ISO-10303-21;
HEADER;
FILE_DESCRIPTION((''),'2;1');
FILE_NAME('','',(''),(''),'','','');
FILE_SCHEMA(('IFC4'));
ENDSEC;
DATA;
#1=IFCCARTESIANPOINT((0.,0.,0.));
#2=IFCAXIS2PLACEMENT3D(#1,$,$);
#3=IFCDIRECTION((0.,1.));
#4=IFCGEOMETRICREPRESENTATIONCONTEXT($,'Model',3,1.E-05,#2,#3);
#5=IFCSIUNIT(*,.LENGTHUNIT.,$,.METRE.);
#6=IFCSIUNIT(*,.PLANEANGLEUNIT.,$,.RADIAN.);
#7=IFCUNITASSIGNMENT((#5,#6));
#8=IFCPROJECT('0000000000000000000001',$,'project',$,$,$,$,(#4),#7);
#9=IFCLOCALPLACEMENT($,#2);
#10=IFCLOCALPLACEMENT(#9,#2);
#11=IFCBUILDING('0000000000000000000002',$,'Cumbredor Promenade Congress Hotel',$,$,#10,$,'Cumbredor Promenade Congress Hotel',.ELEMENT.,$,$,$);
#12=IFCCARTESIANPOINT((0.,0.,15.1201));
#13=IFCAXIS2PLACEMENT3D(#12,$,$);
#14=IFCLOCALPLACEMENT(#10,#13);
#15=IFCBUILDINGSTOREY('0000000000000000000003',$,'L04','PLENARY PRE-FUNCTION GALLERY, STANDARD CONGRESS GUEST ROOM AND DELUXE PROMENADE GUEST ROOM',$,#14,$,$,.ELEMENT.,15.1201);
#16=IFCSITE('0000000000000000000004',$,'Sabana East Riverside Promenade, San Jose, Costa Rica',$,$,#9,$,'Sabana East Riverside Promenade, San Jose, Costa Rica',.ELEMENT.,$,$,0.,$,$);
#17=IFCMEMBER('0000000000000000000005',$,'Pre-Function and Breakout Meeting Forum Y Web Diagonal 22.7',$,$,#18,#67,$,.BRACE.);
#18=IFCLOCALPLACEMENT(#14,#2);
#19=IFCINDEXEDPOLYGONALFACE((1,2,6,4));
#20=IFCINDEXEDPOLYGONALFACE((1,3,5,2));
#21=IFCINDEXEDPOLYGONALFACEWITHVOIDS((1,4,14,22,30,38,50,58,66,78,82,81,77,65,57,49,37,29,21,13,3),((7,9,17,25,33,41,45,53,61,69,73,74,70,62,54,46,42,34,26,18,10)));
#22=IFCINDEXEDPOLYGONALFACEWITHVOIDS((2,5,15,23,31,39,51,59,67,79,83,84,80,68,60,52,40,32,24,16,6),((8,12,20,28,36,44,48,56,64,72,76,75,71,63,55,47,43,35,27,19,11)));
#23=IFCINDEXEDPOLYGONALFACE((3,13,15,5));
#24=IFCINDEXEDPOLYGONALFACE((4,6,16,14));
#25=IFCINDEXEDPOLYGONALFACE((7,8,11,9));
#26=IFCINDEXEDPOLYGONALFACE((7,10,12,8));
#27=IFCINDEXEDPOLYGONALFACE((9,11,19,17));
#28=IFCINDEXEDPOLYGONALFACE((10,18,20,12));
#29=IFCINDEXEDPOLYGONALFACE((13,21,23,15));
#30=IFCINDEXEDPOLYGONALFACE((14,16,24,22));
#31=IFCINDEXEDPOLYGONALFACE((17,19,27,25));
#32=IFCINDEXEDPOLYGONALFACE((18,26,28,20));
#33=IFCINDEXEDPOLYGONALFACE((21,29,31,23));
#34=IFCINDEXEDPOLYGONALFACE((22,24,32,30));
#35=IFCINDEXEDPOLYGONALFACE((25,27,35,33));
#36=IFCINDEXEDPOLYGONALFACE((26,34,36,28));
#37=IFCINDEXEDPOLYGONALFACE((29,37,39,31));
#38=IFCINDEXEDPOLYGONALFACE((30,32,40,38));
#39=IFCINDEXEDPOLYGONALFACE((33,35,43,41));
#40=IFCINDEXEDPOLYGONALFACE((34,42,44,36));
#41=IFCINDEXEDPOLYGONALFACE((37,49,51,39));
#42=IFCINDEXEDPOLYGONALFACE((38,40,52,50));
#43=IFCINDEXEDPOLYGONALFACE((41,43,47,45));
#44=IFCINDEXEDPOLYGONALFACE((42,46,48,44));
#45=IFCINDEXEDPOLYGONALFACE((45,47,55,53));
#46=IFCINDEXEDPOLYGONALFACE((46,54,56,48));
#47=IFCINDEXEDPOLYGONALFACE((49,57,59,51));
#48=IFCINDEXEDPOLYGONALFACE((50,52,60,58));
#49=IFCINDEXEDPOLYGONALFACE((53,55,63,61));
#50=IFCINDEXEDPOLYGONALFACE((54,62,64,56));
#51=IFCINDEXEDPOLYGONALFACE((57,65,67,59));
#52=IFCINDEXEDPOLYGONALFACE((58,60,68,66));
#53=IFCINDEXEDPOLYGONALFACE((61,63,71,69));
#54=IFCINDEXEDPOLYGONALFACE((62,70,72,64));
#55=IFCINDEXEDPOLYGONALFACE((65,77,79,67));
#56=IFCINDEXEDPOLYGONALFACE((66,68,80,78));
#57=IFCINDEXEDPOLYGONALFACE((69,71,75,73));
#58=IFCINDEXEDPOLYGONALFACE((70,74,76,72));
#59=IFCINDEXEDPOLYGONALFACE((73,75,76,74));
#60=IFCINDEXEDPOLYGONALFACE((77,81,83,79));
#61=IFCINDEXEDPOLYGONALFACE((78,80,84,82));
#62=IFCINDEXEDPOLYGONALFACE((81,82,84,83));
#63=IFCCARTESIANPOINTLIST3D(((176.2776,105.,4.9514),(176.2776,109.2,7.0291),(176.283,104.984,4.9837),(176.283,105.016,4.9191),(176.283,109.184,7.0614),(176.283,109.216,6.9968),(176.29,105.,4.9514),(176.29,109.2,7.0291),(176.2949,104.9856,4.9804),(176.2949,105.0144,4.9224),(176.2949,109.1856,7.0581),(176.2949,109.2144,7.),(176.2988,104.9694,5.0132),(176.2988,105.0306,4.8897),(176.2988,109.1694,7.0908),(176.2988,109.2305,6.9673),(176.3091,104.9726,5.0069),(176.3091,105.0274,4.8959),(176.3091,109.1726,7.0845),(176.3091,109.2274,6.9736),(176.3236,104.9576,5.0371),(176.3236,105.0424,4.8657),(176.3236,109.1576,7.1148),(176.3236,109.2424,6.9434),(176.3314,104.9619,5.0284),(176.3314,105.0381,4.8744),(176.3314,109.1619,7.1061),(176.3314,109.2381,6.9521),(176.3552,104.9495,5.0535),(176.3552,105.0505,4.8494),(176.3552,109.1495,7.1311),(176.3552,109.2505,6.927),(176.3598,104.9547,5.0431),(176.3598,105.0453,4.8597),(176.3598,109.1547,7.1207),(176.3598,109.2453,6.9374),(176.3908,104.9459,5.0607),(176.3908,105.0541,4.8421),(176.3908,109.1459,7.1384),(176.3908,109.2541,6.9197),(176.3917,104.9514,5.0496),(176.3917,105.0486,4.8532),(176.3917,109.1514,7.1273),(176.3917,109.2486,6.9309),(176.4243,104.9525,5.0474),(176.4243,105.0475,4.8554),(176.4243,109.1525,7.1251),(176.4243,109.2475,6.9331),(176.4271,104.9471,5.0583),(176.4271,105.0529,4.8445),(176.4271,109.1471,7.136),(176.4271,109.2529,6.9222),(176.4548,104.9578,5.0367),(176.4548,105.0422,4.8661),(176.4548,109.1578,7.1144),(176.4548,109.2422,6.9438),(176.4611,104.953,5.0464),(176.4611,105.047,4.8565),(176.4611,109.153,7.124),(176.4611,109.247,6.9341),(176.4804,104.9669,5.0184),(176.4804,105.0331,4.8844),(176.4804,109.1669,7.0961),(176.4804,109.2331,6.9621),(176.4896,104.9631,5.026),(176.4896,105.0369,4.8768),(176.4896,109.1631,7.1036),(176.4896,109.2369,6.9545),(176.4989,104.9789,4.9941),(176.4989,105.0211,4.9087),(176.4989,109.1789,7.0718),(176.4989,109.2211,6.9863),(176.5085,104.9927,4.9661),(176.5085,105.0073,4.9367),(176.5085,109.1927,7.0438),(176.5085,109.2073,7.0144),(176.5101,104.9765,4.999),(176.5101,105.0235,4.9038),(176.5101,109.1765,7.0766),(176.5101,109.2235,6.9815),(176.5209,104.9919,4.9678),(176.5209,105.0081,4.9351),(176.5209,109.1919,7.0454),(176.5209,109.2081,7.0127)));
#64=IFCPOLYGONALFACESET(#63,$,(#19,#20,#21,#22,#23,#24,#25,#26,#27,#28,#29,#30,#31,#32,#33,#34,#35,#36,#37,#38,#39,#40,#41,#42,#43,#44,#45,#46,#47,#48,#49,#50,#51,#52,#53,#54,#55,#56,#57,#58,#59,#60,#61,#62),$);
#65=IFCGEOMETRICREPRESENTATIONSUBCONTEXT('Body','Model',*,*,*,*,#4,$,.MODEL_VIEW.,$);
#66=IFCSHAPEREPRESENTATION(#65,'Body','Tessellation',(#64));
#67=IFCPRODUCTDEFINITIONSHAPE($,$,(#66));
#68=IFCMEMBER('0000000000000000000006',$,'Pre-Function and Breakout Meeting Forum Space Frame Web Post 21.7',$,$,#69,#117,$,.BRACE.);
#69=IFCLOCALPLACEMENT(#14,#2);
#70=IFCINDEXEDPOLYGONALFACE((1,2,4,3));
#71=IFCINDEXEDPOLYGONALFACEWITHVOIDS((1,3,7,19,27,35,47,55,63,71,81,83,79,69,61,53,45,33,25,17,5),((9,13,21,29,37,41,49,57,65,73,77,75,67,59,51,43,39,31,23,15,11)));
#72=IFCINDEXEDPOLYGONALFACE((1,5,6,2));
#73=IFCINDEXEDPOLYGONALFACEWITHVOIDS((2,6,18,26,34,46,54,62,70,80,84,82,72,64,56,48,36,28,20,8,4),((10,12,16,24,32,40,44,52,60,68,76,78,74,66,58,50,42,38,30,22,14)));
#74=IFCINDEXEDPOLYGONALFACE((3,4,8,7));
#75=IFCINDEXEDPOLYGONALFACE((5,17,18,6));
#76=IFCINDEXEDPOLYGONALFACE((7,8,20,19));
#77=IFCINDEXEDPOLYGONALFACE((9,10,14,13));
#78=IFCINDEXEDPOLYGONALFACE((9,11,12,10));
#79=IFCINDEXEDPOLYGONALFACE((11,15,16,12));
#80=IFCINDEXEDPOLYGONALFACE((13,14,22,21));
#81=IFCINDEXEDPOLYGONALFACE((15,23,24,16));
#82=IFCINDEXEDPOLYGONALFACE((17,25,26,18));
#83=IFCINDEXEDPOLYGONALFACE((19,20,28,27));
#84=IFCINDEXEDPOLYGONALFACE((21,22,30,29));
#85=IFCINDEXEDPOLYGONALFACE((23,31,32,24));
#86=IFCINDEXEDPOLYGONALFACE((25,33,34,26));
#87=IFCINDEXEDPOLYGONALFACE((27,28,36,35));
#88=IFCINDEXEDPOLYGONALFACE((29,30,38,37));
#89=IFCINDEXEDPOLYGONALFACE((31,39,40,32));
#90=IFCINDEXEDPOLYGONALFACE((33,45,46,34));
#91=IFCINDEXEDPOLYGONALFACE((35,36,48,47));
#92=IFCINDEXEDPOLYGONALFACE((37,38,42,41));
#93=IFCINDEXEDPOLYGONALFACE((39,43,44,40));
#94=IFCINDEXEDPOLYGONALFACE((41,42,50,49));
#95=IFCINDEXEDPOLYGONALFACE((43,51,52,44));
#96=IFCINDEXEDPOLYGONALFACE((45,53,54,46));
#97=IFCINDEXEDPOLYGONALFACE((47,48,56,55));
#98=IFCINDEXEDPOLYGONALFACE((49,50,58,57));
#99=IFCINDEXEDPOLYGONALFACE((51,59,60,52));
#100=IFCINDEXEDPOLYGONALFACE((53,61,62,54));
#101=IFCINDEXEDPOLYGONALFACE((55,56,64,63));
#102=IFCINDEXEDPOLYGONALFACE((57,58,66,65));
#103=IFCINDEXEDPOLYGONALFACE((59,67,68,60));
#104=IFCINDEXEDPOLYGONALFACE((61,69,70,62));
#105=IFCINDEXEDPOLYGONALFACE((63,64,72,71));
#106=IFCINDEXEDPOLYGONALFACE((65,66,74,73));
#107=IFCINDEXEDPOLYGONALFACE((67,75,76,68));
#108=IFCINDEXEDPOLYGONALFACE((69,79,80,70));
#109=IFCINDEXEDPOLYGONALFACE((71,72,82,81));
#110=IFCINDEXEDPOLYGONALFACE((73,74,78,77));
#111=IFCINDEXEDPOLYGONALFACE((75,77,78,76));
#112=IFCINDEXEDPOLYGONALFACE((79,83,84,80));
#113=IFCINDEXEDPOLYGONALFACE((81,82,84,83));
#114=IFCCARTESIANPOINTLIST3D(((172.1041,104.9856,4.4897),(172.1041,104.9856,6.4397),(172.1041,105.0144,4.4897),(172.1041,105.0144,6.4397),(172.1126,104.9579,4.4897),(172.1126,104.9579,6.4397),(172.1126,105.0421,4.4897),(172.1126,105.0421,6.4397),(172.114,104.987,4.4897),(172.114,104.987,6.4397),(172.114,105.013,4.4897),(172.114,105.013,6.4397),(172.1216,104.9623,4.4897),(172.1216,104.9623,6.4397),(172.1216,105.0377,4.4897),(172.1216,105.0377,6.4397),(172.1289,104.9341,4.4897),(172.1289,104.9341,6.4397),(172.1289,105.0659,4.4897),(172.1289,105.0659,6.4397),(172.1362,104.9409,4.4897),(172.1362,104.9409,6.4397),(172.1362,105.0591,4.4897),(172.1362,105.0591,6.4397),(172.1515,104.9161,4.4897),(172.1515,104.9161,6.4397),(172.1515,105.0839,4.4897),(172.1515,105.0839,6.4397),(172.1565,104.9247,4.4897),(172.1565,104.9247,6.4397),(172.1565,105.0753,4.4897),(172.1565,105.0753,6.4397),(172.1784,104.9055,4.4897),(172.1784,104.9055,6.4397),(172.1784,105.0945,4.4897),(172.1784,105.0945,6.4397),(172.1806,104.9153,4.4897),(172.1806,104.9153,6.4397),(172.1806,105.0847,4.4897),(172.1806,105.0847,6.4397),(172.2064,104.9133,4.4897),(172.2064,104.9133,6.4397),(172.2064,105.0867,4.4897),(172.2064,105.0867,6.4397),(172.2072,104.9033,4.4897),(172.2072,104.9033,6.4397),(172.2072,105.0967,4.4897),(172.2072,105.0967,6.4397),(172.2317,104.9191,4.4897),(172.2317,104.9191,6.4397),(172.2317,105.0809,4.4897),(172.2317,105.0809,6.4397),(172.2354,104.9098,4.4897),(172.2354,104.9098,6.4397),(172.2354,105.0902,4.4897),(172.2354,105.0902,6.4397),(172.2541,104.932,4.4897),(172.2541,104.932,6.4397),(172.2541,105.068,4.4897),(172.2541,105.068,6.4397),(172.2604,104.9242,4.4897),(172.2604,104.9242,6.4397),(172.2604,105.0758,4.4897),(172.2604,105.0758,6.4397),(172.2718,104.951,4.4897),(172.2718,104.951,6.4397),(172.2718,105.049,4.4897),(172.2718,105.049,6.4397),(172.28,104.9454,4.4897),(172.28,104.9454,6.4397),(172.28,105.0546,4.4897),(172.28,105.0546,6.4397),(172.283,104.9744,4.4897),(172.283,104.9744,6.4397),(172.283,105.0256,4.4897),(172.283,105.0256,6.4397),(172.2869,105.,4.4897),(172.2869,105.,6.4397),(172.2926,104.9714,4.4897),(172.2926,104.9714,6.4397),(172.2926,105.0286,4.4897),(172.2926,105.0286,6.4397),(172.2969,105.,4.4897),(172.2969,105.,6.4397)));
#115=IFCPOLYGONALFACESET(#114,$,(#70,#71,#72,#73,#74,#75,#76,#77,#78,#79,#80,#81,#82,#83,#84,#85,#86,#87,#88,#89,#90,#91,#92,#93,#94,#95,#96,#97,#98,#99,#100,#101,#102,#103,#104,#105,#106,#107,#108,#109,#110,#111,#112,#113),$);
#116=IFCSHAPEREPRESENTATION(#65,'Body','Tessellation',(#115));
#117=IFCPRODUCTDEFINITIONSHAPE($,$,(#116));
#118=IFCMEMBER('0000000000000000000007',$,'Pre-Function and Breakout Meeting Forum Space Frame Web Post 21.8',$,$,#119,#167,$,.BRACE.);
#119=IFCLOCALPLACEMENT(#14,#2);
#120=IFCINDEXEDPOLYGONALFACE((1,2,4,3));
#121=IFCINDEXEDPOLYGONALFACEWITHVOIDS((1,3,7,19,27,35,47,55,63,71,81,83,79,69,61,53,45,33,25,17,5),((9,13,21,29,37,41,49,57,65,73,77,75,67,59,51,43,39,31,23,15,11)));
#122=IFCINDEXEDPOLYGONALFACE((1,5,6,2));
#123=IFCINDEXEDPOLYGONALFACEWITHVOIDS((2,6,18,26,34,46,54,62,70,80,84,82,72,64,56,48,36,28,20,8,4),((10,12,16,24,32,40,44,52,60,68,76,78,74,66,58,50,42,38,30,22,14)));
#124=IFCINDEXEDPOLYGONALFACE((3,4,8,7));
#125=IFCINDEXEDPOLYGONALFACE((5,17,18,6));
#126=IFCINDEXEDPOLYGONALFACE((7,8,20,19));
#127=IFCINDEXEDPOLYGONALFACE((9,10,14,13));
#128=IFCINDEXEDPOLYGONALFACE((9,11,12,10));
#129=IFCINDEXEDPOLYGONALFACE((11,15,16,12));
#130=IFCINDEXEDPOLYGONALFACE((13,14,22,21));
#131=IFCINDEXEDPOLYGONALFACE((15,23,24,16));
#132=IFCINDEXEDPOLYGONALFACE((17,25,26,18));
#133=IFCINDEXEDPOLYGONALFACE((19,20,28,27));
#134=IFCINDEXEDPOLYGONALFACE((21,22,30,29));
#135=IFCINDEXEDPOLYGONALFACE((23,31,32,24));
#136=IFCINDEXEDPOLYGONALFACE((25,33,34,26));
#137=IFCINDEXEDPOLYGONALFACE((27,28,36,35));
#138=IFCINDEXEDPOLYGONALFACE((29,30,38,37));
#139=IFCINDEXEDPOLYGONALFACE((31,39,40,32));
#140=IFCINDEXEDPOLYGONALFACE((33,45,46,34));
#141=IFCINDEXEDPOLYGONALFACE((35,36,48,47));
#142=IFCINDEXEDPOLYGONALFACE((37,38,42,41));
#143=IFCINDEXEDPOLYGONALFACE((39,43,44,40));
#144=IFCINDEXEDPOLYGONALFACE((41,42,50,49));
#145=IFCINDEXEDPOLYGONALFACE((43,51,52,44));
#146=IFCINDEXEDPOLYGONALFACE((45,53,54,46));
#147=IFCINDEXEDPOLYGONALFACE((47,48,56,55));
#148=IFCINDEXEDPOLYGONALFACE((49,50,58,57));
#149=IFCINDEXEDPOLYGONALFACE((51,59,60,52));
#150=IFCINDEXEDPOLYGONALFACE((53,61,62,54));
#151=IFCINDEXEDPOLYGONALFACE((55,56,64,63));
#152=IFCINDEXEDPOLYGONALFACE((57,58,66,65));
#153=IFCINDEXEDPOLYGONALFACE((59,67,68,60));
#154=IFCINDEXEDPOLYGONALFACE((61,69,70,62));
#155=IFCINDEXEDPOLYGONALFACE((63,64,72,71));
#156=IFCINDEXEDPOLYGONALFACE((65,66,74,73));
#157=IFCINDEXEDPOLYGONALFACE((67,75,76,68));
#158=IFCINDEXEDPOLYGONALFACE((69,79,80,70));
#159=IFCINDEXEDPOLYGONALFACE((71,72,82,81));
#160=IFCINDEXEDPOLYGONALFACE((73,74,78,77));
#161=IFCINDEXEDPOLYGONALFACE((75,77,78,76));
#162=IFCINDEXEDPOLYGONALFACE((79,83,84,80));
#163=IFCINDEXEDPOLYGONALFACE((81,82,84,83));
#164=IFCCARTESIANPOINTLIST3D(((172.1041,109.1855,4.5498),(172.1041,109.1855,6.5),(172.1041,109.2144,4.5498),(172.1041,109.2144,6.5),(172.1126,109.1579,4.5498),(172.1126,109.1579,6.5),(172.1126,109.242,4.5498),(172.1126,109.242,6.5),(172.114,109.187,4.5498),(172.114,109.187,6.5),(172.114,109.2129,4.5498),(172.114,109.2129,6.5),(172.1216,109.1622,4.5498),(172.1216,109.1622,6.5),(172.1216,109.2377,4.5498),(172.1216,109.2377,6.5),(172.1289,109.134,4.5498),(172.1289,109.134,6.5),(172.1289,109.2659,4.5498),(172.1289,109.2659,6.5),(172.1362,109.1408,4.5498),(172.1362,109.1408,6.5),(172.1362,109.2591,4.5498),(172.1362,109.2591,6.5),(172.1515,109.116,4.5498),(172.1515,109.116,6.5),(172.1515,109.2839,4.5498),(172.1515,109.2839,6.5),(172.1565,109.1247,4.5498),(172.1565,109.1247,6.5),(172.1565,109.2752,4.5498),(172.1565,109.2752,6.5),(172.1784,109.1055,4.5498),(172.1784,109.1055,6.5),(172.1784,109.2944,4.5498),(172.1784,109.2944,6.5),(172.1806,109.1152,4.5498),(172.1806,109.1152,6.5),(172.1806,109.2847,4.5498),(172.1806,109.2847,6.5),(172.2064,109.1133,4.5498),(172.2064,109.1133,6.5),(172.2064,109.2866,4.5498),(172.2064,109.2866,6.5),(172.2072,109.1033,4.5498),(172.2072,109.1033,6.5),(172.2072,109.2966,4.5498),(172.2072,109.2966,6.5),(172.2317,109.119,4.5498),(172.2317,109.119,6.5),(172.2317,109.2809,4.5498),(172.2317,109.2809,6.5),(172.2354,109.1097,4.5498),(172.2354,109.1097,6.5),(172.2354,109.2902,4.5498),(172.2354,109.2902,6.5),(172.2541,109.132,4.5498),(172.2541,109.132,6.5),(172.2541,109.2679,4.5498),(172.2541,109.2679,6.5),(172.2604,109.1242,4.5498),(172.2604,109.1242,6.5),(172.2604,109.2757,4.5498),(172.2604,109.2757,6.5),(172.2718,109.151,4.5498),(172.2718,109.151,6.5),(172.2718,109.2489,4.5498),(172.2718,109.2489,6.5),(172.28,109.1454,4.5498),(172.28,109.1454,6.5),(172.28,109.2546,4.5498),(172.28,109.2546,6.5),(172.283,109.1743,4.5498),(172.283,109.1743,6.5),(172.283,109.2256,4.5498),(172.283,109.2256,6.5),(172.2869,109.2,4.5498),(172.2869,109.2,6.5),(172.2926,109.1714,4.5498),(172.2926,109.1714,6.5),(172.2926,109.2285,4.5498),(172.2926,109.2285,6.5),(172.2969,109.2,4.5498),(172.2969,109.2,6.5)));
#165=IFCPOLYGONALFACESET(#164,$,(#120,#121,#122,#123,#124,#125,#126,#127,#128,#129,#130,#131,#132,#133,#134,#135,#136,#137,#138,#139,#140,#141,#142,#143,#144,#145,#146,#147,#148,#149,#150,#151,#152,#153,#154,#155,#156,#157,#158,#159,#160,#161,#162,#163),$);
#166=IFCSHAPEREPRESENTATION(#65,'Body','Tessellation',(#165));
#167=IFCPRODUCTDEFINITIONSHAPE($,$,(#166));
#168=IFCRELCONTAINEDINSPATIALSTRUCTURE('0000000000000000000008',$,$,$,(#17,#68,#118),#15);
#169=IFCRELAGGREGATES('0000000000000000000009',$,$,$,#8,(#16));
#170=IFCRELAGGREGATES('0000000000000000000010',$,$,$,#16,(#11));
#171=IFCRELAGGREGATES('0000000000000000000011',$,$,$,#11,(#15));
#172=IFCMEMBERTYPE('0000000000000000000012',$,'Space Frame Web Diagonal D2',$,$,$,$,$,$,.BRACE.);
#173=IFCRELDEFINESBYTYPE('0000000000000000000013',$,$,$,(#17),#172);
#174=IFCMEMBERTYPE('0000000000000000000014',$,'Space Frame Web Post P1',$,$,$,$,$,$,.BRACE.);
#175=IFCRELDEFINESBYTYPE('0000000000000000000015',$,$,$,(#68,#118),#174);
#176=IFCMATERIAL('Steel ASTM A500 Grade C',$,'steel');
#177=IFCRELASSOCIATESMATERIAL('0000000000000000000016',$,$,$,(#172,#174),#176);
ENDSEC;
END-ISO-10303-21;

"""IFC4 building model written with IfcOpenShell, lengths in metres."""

from ifc_helpers import new_model, si_unit, direction, frame, origin, origin_2d, place, context, subcontext, project, spatial, hollow_circle, extrude, material, material_profile, profile_set, type_object, element, save


model = new_model("IFC4")

# Units and contexts
model_context = context("Model", 3, precision=1e-05, world=origin(), true_north=direction((0.0, 1.0)))
body_context = subcontext(model_context, "Body", "Model", "MODEL_VIEW")
ifc_project = project(units=[si_unit("LENGTHUNIT", "METRE"), si_unit("PLANEANGLEUNIT", "RADIAN")], contexts=[model_context])

# Site, building, storey
site_placement = place(None, origin())
site = spatial("IfcSite", under=ifc_project, at=site_placement, Name="Sabana East Riverside Promenade, San Jose, Costa Rica", LongName="Sabana East Riverside Promenade, San Jose, Costa Rica", CompositionType="ELEMENT", RefElevation=0.0)
building_placement = place(site_placement, origin())
building = spatial("IfcBuilding", under=site, at=building_placement, Name="Cumbredor Promenade Congress Hotel", LongName="Cumbredor Promenade Congress Hotel", CompositionType="ELEMENT")
storey_placement = place(building_placement, frame((0.0, 0.0, 15.1201)))
storey = spatial("IfcBuildingStorey", under=building, at=storey_placement, Name="L04", Description="PLENARY PRE-FUNCTION GALLERY, STANDARD CONGRESS GUEST ROOM AND DELUXE PROMENADE GUEST ROOM", CompositionType="ELEMENT", Elevation=15.1201)

# Members
ifc_material_1 = material(Name="Steel ASTM A500 Grade C", Category="steel")
ifc_material_profile_1 = material_profile(ifc_material_1, hollow_circle(Radius=0.1223, WallThickness=0.0125, at=origin_2d()), Name="CHS 244.5x12.5")
ifc_profile_set_1 = profile_set([ifc_material_profile_1], Name="Steel ASTM A500 Grade C")
member_type_1 = type_object("IfcMemberType", Name="Space Frame Web Diagonal D2", PredefinedType="BRACE", material=ifc_profile_set_1)
member_1_placement = place(storey_placement, frame((176.3999, 105.0, 4.9514), z_axis=(0.0, 0.896326, 0.443396), x_axis=(-1.0, 0.0, 0.0)))
element("IfcMember", 1, at=member_1_placement, inside=storey, type_object=member_type_1, Name="Pre-Function and Breakout Meeting Forum Y Web Diagonal 22.7", PredefinedType="BRACE", context=body_context, shape_type="SweptSolid", body=[
    extrude(hollow_circle(Radius=0.1223, WallThickness=0.0125, at=origin_2d()), origin(), (0.0, 0.0, 1.0), 4.6858),
])
ifc_material_profile_2 = material_profile(ifc_material_1, hollow_circle(Radius=0.0969, WallThickness=0.01, at=origin_2d()), Name="CHS 193.7x10")
ifc_profile_set_2 = profile_set([ifc_material_profile_2], Name="Steel ASTM A500 Grade C")
member_type_2 = type_object("IfcMemberType", Name="Space Frame Web Post P1", PredefinedType="BRACE", material=ifc_profile_set_2)
member_2_placement = place(storey_placement, frame((172.2, 105.0, 4.4897), z_axis=(0.0, 0.0, 1.0), x_axis=(1.0, 0.0, 0.0)))
element("IfcMember", 2, at=member_2_placement, inside=storey, type_object=member_type_2, Name="Pre-Function and Breakout Meeting Forum Space Frame Web Post 21.7", PredefinedType="BRACE", context=body_context, shape_type="SweptSolid", body=[
    extrude(hollow_circle(Radius=0.0969, WallThickness=0.01, at=origin_2d()), origin(), (0.0, 0.0, 1.0), 1.95),
])
member_3_placement = place(storey_placement, frame((172.2, 109.2, 4.5498), z_axis=(0.0, 0.0, 1.0), x_axis=(1.0, 0.0, 0.0)))
element("IfcMember", 3, at=member_3_placement, inside=storey, type_object=member_type_2, Name="Pre-Function and Breakout Meeting Forum Space Frame Web Post 21.8", PredefinedType="BRACE", context=body_context, shape_type="SweptSolid", body=[
    extrude(hollow_circle(Radius=0.0969, WallThickness=0.01, at=origin_2d()), origin(), (0.0, 0.0, 1.0), 1.9502),
])

save(model, "model.ifc")
